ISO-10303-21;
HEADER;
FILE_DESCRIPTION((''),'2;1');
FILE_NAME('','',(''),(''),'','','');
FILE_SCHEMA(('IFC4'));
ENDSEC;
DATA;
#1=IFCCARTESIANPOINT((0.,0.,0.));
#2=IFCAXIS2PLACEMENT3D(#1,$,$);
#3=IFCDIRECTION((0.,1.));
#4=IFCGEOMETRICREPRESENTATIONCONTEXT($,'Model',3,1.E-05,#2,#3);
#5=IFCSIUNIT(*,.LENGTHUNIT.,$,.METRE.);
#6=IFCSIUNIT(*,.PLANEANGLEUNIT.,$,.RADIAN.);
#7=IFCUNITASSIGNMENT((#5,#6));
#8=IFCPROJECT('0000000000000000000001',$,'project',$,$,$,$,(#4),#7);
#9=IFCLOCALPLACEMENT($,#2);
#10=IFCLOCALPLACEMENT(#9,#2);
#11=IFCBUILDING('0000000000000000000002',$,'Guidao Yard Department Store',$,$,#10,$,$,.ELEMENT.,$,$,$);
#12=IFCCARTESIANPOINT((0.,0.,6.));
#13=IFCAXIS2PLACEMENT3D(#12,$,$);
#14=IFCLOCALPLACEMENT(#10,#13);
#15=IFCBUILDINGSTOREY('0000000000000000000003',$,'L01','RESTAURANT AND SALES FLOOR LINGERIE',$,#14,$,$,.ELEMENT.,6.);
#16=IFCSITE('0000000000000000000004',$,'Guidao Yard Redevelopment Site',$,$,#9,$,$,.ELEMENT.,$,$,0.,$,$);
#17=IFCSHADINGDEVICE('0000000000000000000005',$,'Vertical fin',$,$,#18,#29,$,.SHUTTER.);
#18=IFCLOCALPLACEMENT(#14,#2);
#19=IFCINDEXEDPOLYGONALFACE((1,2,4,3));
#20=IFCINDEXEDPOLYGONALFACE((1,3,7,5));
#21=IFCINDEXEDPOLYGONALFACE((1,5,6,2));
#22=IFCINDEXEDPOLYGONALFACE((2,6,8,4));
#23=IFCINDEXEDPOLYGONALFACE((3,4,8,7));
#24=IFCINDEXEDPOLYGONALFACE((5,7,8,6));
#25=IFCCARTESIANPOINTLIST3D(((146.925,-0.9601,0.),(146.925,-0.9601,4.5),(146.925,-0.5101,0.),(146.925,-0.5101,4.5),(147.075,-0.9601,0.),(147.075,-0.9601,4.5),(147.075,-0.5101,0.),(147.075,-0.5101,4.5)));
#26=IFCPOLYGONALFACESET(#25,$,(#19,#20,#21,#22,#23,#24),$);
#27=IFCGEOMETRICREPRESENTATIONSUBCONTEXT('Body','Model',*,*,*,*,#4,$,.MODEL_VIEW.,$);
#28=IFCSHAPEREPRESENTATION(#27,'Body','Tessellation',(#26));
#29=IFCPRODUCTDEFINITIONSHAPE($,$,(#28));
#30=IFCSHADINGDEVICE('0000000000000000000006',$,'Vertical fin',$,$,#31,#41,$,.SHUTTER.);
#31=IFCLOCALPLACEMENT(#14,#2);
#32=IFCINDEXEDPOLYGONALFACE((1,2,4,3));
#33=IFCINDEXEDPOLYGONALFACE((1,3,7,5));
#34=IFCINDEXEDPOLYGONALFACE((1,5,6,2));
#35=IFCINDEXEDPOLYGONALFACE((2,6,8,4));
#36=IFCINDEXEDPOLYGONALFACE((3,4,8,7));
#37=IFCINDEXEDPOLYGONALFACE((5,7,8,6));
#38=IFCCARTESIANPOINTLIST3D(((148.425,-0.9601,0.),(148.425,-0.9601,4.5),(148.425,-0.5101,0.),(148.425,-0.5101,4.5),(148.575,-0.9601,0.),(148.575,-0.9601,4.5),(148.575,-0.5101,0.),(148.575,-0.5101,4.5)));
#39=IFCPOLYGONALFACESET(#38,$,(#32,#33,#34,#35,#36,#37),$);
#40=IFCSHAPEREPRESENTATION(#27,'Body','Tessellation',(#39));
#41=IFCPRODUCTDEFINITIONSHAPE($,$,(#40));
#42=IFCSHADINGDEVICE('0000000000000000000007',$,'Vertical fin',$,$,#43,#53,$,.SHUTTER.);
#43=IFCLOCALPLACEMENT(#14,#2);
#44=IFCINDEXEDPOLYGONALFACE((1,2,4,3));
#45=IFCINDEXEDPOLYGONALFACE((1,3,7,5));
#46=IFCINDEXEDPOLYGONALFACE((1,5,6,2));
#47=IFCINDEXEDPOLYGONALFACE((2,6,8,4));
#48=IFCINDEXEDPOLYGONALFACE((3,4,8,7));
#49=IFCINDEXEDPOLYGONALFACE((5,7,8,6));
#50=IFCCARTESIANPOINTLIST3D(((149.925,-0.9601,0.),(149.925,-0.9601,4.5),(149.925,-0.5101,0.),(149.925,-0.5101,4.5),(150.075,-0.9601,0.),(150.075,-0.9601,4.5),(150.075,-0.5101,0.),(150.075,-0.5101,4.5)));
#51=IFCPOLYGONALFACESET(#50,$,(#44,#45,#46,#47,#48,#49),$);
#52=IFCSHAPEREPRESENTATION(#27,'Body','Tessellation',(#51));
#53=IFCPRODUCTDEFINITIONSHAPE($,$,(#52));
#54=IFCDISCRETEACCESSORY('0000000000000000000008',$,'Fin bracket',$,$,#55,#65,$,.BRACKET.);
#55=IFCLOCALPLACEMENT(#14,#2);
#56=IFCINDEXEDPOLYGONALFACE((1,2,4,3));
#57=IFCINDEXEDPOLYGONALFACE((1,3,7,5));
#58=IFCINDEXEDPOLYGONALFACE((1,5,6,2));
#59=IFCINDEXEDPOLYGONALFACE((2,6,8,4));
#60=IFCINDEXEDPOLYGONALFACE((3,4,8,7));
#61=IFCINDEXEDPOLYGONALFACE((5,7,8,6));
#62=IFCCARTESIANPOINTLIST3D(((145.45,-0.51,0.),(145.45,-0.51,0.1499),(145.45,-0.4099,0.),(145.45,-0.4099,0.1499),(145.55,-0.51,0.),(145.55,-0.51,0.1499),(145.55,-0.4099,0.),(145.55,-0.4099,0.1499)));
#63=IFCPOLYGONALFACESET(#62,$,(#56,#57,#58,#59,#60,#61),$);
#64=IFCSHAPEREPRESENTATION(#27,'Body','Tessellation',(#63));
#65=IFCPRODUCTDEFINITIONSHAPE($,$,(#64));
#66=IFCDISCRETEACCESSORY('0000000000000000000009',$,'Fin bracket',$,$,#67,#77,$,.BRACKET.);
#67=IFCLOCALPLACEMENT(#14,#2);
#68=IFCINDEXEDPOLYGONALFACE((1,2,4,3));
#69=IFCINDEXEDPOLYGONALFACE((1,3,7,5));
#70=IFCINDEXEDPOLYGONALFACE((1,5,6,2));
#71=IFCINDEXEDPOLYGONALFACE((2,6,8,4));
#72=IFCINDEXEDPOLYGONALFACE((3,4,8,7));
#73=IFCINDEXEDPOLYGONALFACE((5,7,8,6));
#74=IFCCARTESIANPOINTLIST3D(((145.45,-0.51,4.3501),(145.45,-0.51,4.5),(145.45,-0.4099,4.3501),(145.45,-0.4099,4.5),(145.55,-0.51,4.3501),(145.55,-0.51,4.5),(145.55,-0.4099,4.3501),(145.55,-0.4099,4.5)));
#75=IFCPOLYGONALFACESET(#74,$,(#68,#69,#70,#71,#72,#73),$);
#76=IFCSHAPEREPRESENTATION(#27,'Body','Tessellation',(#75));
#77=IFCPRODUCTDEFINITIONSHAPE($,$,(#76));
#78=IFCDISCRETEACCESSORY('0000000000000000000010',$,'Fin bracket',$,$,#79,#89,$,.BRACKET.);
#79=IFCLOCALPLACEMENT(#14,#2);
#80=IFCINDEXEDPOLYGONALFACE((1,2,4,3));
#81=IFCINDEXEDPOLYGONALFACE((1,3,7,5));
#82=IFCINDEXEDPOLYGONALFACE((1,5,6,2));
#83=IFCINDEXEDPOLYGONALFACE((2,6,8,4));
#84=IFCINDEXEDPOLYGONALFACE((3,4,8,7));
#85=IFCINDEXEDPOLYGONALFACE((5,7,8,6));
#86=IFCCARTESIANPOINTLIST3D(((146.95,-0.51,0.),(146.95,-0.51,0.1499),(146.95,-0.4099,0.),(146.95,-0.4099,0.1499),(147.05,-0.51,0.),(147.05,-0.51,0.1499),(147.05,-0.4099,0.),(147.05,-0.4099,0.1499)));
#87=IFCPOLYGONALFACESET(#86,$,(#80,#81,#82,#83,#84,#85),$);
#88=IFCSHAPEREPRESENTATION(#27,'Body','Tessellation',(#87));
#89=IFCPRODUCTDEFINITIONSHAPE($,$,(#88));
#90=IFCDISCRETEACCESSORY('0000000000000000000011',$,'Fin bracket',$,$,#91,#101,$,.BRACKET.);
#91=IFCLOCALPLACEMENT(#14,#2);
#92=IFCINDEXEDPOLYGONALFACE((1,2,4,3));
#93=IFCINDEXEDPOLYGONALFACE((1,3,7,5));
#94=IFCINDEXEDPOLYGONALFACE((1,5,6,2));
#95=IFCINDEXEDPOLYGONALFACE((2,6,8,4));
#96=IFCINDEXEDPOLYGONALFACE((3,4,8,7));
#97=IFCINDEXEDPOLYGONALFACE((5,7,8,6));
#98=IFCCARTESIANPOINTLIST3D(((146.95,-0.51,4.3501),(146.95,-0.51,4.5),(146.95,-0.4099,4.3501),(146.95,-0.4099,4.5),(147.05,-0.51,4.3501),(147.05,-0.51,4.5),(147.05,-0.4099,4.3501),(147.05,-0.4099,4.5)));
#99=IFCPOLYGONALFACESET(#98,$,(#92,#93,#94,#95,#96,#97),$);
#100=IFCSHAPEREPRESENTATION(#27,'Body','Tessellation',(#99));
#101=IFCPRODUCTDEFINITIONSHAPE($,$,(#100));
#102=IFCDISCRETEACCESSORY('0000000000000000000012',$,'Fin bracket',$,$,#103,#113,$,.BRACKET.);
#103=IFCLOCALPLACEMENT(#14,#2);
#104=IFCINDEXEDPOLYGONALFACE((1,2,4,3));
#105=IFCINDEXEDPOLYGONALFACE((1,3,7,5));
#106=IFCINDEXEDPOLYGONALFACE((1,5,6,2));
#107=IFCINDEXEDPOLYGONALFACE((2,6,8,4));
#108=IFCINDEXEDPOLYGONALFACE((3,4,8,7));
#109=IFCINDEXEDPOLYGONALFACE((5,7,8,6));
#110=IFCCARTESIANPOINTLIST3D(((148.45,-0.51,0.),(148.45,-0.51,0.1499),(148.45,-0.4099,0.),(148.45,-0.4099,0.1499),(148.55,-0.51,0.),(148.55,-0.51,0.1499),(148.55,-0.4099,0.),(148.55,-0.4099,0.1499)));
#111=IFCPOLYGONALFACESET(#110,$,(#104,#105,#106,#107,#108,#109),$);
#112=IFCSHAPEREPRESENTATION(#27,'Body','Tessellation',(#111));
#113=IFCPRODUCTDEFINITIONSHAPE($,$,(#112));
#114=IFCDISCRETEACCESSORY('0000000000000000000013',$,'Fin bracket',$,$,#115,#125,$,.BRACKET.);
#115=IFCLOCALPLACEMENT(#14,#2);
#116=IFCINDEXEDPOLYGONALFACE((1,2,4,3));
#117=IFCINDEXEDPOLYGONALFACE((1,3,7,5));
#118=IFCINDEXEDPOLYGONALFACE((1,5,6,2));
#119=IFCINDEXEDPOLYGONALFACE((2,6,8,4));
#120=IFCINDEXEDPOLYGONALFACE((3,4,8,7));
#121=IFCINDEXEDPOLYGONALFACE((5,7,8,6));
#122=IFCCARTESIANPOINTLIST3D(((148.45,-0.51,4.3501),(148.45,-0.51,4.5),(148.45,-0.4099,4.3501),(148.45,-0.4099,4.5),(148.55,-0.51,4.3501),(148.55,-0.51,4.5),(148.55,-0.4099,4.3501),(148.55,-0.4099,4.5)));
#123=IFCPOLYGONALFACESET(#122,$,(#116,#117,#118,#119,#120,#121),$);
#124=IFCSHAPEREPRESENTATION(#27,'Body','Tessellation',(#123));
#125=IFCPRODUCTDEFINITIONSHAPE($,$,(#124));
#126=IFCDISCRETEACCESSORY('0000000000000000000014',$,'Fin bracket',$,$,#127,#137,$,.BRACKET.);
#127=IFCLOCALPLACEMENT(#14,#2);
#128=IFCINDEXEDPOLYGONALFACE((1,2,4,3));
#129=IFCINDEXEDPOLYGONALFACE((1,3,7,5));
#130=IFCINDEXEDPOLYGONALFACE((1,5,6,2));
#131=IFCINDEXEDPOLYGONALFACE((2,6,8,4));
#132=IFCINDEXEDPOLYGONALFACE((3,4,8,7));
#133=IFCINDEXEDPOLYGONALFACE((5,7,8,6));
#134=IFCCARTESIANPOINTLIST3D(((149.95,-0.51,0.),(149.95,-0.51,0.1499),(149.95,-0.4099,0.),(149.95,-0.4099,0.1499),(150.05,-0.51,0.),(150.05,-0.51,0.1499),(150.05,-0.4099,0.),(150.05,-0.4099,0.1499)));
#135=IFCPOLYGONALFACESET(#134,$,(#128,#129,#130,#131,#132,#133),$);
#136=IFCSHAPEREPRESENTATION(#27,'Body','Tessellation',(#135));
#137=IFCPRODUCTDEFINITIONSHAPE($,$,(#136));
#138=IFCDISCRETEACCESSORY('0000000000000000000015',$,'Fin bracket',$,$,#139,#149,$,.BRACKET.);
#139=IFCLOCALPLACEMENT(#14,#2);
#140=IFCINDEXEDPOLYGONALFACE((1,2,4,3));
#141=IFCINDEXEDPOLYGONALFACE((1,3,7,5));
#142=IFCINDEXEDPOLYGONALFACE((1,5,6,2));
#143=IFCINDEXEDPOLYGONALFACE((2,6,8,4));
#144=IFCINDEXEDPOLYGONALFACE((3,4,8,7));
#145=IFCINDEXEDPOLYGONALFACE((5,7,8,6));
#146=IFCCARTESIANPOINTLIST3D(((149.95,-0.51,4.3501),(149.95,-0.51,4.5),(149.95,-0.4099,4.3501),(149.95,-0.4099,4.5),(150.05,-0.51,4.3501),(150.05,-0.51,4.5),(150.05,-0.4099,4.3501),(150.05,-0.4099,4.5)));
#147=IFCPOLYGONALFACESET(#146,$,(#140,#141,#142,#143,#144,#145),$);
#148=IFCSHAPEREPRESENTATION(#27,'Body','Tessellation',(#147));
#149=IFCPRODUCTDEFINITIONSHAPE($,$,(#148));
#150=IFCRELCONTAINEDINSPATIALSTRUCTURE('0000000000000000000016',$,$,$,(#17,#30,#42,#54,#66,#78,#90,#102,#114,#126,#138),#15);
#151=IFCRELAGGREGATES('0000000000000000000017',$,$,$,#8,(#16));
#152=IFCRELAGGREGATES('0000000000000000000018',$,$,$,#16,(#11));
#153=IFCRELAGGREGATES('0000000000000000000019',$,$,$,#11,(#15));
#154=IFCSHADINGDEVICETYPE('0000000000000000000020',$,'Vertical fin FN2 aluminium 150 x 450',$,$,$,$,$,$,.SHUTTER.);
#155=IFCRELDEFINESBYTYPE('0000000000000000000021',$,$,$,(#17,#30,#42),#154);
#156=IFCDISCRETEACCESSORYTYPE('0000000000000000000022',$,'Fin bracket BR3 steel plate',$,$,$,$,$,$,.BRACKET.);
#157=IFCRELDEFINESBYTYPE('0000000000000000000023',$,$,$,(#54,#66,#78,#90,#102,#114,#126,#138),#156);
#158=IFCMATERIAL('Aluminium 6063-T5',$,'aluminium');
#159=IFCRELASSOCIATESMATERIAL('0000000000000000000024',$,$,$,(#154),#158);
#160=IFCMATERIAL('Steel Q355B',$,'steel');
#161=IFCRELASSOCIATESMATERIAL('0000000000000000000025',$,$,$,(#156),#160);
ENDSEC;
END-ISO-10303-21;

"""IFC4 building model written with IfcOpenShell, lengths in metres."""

from ifc_helpers import new_model, si_unit, direction, frame, origin, origin_2d, place, context, subcontext, project, spatial, rectangle, extrude, material, type_object, element, save


model = new_model("IFC4")

# Units and contexts
model_context = context("Model", 3, precision=1e-05, world=origin(), true_north=direction((0.0, 1.0)))
body_context = subcontext(model_context, "Body", "Model", "MODEL_VIEW")
ifc_project = project(units=[si_unit("LENGTHUNIT", "METRE"), si_unit("PLANEANGLEUNIT", "RADIAN")], contexts=[model_context])

# Site, building, storey
site_placement = place(None, origin())
site = spatial("IfcSite", under=ifc_project, at=site_placement, Name="Guidao Yard Redevelopment Site", CompositionType="ELEMENT", RefElevation=0.0)
building_placement = place(site_placement, origin())
building = spatial("IfcBuilding", under=site, at=building_placement, Name="Guidao Yard Department Store", CompositionType="ELEMENT")
storey_placement = place(building_placement, frame((0.0, 0.0, 6.0)))
storey = spatial("IfcBuildingStorey", under=building, at=storey_placement, Name="L01", Description="RESTAURANT AND SALES FLOOR LINGERIE", CompositionType="ELEMENT", Elevation=6.0)

# Shading devices
ifc_material_1 = material(Name="Aluminium 6063-T5", Category="aluminium")
shading_device_type = type_object("IfcShadingDeviceType", Name="Vertical fin FN2 aluminium 150 x 450", PredefinedType="SHUTTER", material=ifc_material_1)
for number, where, z_axis, x_axis, name in (
    (1, (147.0, -0.7351, 0.0), (0.0, 0.0, 1.0), (-1.0, 0.0, 0.0), "Vertical fin"),
    (2, (148.5, -0.7351, 0.0), (0.0, 0.0, 1.0), (-1.0, 0.0, 0.0), "Vertical fin"),
    (3, (150.0, -0.7351, 0.0), (0.0, 0.0, 1.0), (-1.0, 0.0, 0.0), "Vertical fin"),
):
    element("IfcShadingDevice", number, at=place(storey_placement, frame(where, z_axis=z_axis, x_axis=x_axis)), inside=storey, type_object=shading_device_type, Name=name, PredefinedType="SHUTTER", context=body_context, shape_type="SweptSolid", body=[
        extrude(rectangle(XDim=0.1499, YDim=0.45, at=origin_2d()), origin(), (0.0, 0.0, 1.0), 4.5),
    ])

# Discrete accessories
ifc_material_2 = material(Name="Steel Q355B", Category="steel")
discrete_accessory_type = type_object("IfcDiscreteAccessoryType", Name="Fin bracket BR3 steel plate", PredefinedType="BRACKET", material=ifc_material_2)
for number, where, z_axis, x_axis, name in (
    (4, (145.5, -0.46, 0.0), (0.0, 0.0, 1.0), (-1.0, 0.0, 0.0), "Fin bracket"),
    (5, (145.5, -0.46, 4.3501), (0.0, 0.0, 1.0), (-1.0, 0.0, 0.0), "Fin bracket"),
    (6, (147.0, -0.46, 0.0), (0.0, 0.0, 1.0), (-1.0, 0.0, 0.0), "Fin bracket"),
    (7, (147.0, -0.46, 4.3501), (0.0, 0.0, 1.0), (-1.0, 0.0, 0.0), "Fin bracket"),
    (8, (148.5, -0.46, 0.0), (0.0, 0.0, 1.0), (-1.0, 0.0, 0.0), "Fin bracket"),
    (9, (148.5, -0.46, 4.3501), (0.0, 0.0, 1.0), (-1.0, 0.0, 0.0), "Fin bracket"),
    (10, (150.0, -0.46, 0.0), (0.0, 0.0, 1.0), (-1.0, 0.0, 0.0), "Fin bracket"),
    (11, (150.0, -0.46, 4.3501), (0.0, 0.0, 1.0), (-1.0, 0.0, 0.0), "Fin bracket"),
):
    element("IfcDiscreteAccessory", number, at=place(storey_placement, frame(where, z_axis=z_axis, x_axis=x_axis)), inside=storey, type_object=discrete_accessory_type, Name=name, PredefinedType="BRACKET", context=body_context, shape_type="SweptSolid", body=[
        extrude(rectangle(XDim=0.1001, YDim=0.1001, at=origin_2d()), origin(), (0.0, 0.0, 1.0), 0.1499),
    ])

save(model, "model.ifc")
